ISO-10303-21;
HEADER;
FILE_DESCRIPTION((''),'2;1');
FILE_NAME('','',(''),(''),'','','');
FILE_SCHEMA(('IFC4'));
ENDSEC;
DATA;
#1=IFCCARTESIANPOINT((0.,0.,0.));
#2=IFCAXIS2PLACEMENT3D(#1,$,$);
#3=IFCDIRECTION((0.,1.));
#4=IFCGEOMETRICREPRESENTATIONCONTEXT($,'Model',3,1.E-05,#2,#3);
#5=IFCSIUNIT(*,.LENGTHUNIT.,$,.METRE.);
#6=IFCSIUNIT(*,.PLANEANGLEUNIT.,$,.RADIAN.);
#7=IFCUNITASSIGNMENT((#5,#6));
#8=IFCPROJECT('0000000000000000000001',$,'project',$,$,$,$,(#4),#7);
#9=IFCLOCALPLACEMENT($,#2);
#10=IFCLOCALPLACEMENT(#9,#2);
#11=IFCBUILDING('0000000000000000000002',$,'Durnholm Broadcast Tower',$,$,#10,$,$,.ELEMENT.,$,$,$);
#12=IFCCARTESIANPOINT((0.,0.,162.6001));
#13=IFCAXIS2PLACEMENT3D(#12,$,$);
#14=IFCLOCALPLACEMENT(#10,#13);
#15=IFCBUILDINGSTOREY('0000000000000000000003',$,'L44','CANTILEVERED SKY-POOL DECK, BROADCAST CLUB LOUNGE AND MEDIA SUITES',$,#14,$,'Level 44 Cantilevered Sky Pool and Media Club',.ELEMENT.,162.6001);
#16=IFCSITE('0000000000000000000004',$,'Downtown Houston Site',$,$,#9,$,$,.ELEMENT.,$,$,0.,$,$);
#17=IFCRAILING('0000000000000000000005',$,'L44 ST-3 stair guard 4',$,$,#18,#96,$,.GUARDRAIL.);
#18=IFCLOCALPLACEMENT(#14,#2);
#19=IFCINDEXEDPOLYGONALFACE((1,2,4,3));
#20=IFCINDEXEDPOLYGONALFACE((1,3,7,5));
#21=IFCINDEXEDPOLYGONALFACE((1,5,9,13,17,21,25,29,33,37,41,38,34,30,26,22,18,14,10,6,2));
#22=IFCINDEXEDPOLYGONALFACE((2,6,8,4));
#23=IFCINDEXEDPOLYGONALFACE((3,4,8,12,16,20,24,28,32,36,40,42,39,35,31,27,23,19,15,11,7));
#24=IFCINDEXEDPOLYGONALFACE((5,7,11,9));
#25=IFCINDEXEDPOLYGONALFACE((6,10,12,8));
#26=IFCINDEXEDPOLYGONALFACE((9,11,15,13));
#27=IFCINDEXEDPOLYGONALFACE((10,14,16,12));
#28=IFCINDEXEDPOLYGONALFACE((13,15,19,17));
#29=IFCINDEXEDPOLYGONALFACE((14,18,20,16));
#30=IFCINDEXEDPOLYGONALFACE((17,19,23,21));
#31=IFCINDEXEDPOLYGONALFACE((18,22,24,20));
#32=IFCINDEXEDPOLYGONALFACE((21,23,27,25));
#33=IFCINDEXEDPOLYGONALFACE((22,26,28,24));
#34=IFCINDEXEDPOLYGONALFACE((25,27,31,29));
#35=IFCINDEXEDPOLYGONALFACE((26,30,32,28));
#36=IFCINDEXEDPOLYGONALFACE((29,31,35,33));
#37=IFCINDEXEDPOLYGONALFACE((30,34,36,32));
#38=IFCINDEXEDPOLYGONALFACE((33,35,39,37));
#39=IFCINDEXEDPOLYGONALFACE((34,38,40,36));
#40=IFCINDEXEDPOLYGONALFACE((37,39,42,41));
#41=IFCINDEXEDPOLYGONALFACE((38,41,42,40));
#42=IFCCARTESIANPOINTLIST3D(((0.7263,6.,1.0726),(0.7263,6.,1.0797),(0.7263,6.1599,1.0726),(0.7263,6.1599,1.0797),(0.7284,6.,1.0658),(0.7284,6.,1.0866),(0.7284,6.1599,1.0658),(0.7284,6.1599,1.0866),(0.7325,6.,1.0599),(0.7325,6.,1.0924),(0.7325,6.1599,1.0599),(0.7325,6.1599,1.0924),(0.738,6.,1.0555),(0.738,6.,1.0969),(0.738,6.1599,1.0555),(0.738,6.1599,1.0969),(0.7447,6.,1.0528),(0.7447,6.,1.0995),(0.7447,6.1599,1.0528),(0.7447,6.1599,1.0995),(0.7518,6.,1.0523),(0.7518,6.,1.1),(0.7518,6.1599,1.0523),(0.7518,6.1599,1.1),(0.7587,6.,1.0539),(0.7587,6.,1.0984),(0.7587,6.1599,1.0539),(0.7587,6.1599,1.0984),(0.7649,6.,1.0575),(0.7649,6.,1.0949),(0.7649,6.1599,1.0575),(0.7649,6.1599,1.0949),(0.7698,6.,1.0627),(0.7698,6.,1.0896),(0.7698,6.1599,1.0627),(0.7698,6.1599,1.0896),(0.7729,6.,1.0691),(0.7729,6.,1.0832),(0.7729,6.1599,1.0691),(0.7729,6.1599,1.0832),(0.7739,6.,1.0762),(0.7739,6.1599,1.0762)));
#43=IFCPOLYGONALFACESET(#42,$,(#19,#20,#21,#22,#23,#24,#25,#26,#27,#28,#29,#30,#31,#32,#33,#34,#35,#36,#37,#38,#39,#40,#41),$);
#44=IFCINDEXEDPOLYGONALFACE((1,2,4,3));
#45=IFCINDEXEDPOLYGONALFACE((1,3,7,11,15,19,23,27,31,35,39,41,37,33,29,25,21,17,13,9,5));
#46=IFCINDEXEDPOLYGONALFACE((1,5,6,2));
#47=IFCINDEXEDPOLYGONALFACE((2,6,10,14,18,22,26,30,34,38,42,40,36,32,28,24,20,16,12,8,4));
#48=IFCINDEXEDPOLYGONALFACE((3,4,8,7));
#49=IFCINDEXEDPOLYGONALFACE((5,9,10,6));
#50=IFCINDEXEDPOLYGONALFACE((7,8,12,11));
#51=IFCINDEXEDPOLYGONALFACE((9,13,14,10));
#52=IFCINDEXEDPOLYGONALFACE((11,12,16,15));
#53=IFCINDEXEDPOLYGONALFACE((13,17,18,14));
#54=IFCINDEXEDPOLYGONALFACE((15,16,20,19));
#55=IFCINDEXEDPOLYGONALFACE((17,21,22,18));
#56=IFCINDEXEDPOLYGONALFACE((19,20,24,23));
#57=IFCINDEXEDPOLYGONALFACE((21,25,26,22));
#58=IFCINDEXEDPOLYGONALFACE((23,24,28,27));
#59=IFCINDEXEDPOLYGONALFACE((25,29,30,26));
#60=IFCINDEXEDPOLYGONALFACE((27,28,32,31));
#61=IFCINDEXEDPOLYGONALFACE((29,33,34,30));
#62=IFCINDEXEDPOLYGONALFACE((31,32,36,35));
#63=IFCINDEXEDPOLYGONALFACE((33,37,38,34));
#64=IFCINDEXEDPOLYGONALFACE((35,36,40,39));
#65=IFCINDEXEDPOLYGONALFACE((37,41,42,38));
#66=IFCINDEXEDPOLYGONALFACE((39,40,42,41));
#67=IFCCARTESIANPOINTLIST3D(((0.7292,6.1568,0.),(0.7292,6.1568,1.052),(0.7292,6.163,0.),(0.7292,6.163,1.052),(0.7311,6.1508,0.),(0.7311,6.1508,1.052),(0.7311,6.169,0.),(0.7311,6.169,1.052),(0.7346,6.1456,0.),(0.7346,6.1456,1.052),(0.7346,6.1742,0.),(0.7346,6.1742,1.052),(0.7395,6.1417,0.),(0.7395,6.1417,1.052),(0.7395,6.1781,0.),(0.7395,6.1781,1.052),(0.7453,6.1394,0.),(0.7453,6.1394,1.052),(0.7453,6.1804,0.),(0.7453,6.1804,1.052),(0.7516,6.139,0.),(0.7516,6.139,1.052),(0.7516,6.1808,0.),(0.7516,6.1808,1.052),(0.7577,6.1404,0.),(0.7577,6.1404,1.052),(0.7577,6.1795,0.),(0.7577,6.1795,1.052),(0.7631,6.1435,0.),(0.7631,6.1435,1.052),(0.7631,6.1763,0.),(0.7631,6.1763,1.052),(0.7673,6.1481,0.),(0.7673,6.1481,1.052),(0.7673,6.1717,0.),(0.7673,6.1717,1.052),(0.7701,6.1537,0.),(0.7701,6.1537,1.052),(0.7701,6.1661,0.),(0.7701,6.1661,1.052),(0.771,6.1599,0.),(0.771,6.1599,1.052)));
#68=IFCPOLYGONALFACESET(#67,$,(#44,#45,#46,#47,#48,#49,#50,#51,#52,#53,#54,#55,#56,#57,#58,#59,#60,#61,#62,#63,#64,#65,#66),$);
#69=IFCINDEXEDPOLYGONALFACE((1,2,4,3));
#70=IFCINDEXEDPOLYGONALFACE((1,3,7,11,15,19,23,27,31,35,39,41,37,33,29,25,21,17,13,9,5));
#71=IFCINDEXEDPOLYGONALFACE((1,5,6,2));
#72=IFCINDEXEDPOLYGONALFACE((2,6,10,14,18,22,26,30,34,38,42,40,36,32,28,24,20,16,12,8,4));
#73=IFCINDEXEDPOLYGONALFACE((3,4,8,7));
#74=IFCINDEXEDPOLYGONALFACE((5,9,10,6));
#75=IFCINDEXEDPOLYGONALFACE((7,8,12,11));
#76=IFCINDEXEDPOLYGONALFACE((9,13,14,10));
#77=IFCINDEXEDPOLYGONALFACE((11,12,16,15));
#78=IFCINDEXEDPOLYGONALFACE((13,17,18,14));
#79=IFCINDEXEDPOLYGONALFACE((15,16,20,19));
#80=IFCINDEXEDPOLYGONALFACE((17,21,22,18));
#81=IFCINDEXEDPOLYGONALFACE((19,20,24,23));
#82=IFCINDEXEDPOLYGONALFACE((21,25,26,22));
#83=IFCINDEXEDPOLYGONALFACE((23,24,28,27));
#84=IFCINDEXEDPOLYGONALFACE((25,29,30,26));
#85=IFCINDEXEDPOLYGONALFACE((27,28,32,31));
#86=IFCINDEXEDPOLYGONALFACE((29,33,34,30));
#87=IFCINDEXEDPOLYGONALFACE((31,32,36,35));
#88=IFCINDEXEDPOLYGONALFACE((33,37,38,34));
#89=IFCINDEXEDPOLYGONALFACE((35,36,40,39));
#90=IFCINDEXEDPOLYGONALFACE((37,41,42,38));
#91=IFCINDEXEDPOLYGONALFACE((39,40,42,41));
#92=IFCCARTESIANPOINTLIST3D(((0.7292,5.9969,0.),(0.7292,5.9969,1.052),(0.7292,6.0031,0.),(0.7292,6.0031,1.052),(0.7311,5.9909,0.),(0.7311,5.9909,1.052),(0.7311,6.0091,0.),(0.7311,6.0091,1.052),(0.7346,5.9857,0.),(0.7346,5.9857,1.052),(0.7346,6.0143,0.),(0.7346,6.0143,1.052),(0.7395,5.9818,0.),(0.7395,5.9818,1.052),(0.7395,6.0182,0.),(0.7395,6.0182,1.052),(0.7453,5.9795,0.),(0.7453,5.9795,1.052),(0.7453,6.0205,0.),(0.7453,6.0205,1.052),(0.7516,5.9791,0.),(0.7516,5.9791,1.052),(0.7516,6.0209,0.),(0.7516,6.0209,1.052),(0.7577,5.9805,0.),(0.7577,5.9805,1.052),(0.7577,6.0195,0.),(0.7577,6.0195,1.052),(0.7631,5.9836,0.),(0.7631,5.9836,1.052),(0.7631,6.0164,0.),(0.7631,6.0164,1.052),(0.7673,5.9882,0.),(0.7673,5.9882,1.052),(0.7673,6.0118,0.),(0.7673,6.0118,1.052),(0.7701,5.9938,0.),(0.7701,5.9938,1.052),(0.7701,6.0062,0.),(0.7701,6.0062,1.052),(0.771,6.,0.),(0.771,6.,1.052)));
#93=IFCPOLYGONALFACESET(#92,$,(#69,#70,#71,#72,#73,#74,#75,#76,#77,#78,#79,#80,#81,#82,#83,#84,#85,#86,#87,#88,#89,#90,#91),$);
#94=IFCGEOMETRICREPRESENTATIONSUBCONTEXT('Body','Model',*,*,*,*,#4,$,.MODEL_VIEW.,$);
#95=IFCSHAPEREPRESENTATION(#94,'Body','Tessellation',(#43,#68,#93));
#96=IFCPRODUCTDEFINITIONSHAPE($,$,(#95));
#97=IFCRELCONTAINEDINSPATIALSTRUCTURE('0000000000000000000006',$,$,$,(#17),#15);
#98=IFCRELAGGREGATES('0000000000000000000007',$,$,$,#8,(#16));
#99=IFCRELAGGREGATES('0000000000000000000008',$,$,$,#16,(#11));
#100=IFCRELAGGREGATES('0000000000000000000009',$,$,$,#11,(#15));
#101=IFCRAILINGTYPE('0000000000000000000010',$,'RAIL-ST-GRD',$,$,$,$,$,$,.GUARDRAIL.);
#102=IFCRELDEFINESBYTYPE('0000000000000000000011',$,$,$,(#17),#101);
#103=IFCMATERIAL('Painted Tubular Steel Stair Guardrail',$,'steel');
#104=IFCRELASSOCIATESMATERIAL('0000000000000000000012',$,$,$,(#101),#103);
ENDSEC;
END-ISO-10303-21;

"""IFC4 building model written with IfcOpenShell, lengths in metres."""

from ifc_helpers import new_model, si_unit, direction, frame, origin, origin_2d, place, context, subcontext, project, spatial, circle, extrude, material, type_object, element, save


model = new_model("IFC4")

# Units and contexts
model_context = context("Model", 3, precision=1e-05, world=origin(), true_north=direction((0.0, 1.0)))
body_context = subcontext(model_context, "Body", "Model", "MODEL_VIEW")
ifc_project = project(units=[si_unit("LENGTHUNIT", "METRE"), si_unit("PLANEANGLEUNIT", "RADIAN")], contexts=[model_context])

# Site, building, storey
site_placement = place(None, origin())
site = spatial("IfcSite", under=ifc_project, at=site_placement, Name="Downtown Houston Site", CompositionType="ELEMENT", RefElevation=0.0)
building_placement = place(site_placement, origin())
building = spatial("IfcBuilding", under=site, at=building_placement, Name="Durnholm Broadcast Tower", CompositionType="ELEMENT")
storey_placement = place(building_placement, frame((0.0, 0.0, 162.6001)))
storey = spatial("IfcBuildingStorey", under=building, at=storey_placement, Name="L44", Description="CANTILEVERED SKY-POOL DECK, BROADCAST CLUB LOUNGE AND MEDIA SUITES", LongName="Level 44 Cantilevered Sky Pool and Media Club", CompositionType="ELEMENT", Elevation=162.6001)

# Railing
ifc_material_1 = material(Name="Painted Tubular Steel Stair Guardrail", Category="steel")
railing_type = type_object("IfcRailingType", Name="RAIL-ST-GRD", PredefinedType="GUARDRAIL", material=ifc_material_1)
railing_1_placement = place(storey_placement, frame((0.75, 6.1599, 0.0)))
element("IfcRailing", 1, at=railing_1_placement, inside=storey, type_object=railing_type, Name="L44 ST-3 stair guard 4", PredefinedType="GUARDRAIL", context=body_context, shape_type="SweptSolid", body=[
    extrude(circle(Radius=0.0239, at=origin_2d()), frame((0.0, 0.0, 1.0762), z_axis=(0.0, -1.0, 0.0), x_axis=(1.0, 0.0, 0.0)), (0.0, 0.0, 1.0), 0.1599),
    extrude(circle(Radius=0.021, at=origin_2d()), origin(), (0.0, 0.0, 1.0), 1.052),
    extrude(circle(Radius=0.021, at=origin_2d()), frame((0.0, -0.1599, 0.0)), (0.0, 0.0, 1.0), 1.052),
])

save(model, "model.ifc")
